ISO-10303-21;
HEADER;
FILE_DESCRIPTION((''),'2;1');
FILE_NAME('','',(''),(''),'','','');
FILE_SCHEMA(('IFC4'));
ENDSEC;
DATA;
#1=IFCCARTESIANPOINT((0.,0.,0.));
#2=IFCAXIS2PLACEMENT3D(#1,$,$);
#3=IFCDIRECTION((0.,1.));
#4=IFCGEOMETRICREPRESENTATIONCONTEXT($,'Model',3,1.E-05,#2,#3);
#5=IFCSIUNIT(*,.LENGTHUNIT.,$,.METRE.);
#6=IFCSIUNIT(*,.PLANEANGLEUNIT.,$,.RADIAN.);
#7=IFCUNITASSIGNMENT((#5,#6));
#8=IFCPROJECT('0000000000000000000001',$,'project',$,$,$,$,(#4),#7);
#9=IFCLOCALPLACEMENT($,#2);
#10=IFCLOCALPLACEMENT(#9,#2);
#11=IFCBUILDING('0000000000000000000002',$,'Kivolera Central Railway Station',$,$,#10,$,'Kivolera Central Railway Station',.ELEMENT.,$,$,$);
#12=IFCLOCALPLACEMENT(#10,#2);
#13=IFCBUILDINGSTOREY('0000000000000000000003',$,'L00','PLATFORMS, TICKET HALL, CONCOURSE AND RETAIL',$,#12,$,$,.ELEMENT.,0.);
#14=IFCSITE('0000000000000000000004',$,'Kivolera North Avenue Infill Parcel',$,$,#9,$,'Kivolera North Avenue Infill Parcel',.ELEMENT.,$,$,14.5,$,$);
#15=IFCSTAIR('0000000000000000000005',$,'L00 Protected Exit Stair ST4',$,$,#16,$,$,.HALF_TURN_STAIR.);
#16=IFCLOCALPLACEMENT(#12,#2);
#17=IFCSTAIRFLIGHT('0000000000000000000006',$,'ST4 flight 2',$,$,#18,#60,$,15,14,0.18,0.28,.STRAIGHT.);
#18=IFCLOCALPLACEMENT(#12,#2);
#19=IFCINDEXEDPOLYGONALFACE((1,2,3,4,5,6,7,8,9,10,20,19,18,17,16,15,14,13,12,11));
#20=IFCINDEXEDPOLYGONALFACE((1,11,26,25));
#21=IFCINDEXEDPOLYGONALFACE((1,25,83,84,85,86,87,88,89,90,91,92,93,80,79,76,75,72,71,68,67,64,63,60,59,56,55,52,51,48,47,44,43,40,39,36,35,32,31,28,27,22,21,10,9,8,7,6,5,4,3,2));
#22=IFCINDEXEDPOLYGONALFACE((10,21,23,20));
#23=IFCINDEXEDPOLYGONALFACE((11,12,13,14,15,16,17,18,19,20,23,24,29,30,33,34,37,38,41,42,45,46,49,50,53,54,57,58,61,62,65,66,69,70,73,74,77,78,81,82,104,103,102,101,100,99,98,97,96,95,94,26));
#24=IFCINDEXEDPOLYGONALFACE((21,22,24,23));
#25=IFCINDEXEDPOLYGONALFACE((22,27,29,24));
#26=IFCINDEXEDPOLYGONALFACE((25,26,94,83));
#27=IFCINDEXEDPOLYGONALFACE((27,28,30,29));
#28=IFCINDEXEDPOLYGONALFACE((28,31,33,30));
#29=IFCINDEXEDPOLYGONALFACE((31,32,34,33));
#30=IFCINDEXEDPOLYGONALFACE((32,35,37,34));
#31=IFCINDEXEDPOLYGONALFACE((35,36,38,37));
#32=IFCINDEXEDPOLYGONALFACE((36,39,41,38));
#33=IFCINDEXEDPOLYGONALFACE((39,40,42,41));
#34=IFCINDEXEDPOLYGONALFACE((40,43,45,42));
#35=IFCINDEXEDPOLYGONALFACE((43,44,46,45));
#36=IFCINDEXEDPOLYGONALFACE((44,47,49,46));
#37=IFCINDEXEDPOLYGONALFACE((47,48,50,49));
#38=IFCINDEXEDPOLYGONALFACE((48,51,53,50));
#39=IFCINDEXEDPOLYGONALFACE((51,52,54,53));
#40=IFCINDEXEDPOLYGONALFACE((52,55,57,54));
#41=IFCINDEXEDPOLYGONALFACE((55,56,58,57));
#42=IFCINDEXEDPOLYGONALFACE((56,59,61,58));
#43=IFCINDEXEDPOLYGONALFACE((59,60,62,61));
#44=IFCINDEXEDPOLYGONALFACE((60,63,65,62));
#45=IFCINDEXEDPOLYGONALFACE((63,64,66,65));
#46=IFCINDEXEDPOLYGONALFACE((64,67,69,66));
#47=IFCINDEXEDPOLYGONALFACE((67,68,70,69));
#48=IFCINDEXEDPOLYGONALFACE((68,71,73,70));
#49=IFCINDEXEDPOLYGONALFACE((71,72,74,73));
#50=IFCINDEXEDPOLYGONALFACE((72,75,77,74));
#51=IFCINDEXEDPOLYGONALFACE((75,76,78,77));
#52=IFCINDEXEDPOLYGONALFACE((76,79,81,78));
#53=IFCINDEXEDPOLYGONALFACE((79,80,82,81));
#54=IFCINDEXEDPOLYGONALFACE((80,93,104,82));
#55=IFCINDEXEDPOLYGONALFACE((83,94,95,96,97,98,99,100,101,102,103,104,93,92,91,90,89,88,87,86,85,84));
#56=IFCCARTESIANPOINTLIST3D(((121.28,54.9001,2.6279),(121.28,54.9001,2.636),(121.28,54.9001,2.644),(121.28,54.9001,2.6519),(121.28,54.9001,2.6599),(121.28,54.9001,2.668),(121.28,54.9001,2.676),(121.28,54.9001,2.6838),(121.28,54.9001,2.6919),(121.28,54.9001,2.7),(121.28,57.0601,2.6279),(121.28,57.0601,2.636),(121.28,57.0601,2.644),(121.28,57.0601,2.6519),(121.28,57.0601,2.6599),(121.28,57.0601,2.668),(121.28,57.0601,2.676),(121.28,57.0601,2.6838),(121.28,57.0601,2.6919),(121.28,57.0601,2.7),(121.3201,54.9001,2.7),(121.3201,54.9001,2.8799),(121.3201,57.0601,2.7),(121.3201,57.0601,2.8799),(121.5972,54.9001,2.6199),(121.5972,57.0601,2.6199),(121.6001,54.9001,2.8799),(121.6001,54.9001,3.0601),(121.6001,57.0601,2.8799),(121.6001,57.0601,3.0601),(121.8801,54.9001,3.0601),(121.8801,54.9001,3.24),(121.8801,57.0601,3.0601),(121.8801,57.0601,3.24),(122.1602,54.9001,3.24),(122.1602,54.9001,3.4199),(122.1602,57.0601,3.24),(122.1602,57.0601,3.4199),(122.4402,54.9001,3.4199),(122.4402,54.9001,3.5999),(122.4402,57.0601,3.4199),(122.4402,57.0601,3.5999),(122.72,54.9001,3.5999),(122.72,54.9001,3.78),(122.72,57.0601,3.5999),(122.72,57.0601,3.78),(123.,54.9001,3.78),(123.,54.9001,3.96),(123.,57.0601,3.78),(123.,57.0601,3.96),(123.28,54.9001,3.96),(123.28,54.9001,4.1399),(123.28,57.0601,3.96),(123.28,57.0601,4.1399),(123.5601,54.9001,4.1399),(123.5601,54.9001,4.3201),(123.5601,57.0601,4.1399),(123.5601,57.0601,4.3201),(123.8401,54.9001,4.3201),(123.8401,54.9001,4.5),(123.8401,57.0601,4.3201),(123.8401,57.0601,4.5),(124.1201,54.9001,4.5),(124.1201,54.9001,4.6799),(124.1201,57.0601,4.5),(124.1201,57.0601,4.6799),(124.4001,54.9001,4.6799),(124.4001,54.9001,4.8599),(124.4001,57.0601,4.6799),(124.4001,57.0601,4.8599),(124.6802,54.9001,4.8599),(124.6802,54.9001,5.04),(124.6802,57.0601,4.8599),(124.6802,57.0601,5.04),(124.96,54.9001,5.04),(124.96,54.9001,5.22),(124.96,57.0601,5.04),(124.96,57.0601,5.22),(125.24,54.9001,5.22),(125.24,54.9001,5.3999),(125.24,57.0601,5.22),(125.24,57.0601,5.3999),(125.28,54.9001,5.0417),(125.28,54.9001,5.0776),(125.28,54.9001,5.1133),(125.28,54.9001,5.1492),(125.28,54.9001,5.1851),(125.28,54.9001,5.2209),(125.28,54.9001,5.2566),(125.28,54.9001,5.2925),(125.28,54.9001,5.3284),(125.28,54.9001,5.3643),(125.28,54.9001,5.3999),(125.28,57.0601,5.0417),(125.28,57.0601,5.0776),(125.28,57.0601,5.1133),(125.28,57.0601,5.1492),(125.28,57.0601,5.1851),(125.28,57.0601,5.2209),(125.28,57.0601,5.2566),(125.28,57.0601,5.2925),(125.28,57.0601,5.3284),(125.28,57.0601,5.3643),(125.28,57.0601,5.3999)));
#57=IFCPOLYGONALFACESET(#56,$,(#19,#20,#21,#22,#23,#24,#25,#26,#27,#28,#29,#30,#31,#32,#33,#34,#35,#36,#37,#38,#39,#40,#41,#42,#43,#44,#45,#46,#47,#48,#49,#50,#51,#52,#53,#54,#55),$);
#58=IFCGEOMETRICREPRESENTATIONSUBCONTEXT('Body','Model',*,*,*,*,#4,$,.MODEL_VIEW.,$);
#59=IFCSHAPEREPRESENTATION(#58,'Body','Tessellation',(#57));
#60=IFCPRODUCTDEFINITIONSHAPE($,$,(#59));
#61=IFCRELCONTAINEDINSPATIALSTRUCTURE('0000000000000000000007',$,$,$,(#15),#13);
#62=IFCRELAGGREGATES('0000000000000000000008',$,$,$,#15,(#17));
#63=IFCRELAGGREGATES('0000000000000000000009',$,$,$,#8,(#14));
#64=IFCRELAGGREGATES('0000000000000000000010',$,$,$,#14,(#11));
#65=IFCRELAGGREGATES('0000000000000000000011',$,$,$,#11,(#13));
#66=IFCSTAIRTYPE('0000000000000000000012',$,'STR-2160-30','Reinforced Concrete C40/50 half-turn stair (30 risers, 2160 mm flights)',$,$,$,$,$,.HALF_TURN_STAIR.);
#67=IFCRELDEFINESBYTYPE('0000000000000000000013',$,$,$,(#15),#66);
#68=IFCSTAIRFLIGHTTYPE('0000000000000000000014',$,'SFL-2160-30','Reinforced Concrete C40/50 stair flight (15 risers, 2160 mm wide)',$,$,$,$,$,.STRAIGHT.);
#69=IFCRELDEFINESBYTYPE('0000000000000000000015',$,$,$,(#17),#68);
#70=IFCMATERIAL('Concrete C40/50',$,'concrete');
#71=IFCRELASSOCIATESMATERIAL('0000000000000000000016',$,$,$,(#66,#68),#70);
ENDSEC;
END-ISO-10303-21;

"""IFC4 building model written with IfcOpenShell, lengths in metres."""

from ifc_helpers import new_model, si_unit, direction, frame, origin, place, context, subcontext, project, spatial, polyline, outline, extrude, material, type_object, element, aggregate, save


model = new_model("IFC4")

# Units and contexts
model_context = context("Model", 3, precision=1e-05, world=origin(), true_north=direction((0.0, 1.0)))
body_context = subcontext(model_context, "Body", "Model", "MODEL_VIEW")
ifc_project = project(units=[si_unit("LENGTHUNIT", "METRE"), si_unit("PLANEANGLEUNIT", "RADIAN")], contexts=[model_context])

# Site, building, storey
site_placement = place(None, origin())
site = spatial("IfcSite", under=ifc_project, at=site_placement, Name="Kivolera North Avenue Infill Parcel", LongName="Kivolera North Avenue Infill Parcel", CompositionType="ELEMENT", RefElevation=14.5)
building_placement = place(site_placement, origin())
building = spatial("IfcBuilding", under=site, at=building_placement, Name="Kivolera Central Railway Station", LongName="Kivolera Central Railway Station", CompositionType="ELEMENT")
storey_placement = place(building_placement, origin())
storey = spatial("IfcBuildingStorey", under=building, at=storey_placement, Name="L00", Description="PLATFORMS, TICKET HALL, CONCOURSE AND RETAIL", CompositionType="ELEMENT", Elevation=0.0)

# Shared definitions
ifc_material_1 = material(Name="Concrete C40/50", Category="concrete")

# Stair, stair flight
stair_type = type_object("IfcStairType", Name="STR-2160-30", Description="Reinforced Concrete C40/50 half-turn stair (30 risers, 2160 mm flights)", PredefinedType="HALF_TURN_STAIR", material=ifc_material_1)
stair_placement = place(storey_placement, origin())
stair = element("IfcStair", 1, at=stair_placement, inside=storey, type_object=stair_type, Name="L00 Protected Exit Stair ST4", PredefinedType="HALF_TURN_STAIR")
stair_flight_type = type_object("IfcStairFlightType", Name="SFL-2160-30", Description="Reinforced Concrete C40/50 stair flight (15 risers, 2160 mm wide)", PredefinedType="STRAIGHT", material=ifc_material_1)
stair_flight_1_placement = place(storey_placement, frame((121.3201, 55.98, 2.7), z_axis=(0.0, 0.0, 1.0), x_axis=(1.0, 0.0, 0.0)))
stair_flight_1 = element("IfcStairFlight", 2, at=stair_flight_1_placement, type_object=stair_flight_type, Name="ST4 flight 2", NumberOfRisers=15, NumberOfTreads=14, PredefinedType="STRAIGHT", RiserHeight=0.18, TreadLength=0.28, context=body_context, shape_type="SweptSolid", body=[
    extrude(outline(polyline([(-0.04, 0.0), (0.0, 0.0), (0.0, 0.1799), (0.28, 0.1799), (0.28, 0.3601), (0.5601, 0.3601), (0.5601, 0.54), (0.8401, 0.54), (0.8401, 0.72), (1.1201, 0.72), (1.1201, 0.8999), (1.3999, 0.8999), (1.3999, 1.0801), (1.6799, 1.0801), (1.6799, 1.26), (1.96, 1.26), (1.96, 1.4399), (2.24, 1.4399), (2.24, 1.6201), (2.52, 1.6201), (2.52, 1.8), (2.8, 1.8), (2.8, 1.98), (3.0801, 1.98), (3.0801, 2.1599), (3.3601, 2.1599), (3.3601, 2.3401), (3.6399, 2.3401), (3.6399, 2.52), (3.9199, 2.52), (3.9199, 2.7), (3.96, 2.7), (3.96, 2.6643), (3.96, 2.6284), (3.96, 2.5925), (3.96, 2.5566), (3.96, 2.521), (3.96, 2.4851), (3.96, 2.4492), (3.96, 2.4133), (3.96, 2.3777), (3.96, 2.3418), (0.2771, -0.0801), (-0.04, -0.072), (-0.04, -0.064), (-0.04, -0.0559), (-0.04, -0.0481), (-0.04, -0.04), (-0.04, -0.032), (-0.04, -0.0239), (-0.04, -0.0161), (-0.04, -0.0081), (-0.04, 0.0)])), frame((0.0, 1.0801, 0.0), z_axis=(0.0, -1.0, 0.0), x_axis=(1.0, 0.0, 0.0)), (0.0, 0.0, 1.0), 2.1599),
])
aggregate(stair, [stair_flight_1])

save(model, "model.ifc")
